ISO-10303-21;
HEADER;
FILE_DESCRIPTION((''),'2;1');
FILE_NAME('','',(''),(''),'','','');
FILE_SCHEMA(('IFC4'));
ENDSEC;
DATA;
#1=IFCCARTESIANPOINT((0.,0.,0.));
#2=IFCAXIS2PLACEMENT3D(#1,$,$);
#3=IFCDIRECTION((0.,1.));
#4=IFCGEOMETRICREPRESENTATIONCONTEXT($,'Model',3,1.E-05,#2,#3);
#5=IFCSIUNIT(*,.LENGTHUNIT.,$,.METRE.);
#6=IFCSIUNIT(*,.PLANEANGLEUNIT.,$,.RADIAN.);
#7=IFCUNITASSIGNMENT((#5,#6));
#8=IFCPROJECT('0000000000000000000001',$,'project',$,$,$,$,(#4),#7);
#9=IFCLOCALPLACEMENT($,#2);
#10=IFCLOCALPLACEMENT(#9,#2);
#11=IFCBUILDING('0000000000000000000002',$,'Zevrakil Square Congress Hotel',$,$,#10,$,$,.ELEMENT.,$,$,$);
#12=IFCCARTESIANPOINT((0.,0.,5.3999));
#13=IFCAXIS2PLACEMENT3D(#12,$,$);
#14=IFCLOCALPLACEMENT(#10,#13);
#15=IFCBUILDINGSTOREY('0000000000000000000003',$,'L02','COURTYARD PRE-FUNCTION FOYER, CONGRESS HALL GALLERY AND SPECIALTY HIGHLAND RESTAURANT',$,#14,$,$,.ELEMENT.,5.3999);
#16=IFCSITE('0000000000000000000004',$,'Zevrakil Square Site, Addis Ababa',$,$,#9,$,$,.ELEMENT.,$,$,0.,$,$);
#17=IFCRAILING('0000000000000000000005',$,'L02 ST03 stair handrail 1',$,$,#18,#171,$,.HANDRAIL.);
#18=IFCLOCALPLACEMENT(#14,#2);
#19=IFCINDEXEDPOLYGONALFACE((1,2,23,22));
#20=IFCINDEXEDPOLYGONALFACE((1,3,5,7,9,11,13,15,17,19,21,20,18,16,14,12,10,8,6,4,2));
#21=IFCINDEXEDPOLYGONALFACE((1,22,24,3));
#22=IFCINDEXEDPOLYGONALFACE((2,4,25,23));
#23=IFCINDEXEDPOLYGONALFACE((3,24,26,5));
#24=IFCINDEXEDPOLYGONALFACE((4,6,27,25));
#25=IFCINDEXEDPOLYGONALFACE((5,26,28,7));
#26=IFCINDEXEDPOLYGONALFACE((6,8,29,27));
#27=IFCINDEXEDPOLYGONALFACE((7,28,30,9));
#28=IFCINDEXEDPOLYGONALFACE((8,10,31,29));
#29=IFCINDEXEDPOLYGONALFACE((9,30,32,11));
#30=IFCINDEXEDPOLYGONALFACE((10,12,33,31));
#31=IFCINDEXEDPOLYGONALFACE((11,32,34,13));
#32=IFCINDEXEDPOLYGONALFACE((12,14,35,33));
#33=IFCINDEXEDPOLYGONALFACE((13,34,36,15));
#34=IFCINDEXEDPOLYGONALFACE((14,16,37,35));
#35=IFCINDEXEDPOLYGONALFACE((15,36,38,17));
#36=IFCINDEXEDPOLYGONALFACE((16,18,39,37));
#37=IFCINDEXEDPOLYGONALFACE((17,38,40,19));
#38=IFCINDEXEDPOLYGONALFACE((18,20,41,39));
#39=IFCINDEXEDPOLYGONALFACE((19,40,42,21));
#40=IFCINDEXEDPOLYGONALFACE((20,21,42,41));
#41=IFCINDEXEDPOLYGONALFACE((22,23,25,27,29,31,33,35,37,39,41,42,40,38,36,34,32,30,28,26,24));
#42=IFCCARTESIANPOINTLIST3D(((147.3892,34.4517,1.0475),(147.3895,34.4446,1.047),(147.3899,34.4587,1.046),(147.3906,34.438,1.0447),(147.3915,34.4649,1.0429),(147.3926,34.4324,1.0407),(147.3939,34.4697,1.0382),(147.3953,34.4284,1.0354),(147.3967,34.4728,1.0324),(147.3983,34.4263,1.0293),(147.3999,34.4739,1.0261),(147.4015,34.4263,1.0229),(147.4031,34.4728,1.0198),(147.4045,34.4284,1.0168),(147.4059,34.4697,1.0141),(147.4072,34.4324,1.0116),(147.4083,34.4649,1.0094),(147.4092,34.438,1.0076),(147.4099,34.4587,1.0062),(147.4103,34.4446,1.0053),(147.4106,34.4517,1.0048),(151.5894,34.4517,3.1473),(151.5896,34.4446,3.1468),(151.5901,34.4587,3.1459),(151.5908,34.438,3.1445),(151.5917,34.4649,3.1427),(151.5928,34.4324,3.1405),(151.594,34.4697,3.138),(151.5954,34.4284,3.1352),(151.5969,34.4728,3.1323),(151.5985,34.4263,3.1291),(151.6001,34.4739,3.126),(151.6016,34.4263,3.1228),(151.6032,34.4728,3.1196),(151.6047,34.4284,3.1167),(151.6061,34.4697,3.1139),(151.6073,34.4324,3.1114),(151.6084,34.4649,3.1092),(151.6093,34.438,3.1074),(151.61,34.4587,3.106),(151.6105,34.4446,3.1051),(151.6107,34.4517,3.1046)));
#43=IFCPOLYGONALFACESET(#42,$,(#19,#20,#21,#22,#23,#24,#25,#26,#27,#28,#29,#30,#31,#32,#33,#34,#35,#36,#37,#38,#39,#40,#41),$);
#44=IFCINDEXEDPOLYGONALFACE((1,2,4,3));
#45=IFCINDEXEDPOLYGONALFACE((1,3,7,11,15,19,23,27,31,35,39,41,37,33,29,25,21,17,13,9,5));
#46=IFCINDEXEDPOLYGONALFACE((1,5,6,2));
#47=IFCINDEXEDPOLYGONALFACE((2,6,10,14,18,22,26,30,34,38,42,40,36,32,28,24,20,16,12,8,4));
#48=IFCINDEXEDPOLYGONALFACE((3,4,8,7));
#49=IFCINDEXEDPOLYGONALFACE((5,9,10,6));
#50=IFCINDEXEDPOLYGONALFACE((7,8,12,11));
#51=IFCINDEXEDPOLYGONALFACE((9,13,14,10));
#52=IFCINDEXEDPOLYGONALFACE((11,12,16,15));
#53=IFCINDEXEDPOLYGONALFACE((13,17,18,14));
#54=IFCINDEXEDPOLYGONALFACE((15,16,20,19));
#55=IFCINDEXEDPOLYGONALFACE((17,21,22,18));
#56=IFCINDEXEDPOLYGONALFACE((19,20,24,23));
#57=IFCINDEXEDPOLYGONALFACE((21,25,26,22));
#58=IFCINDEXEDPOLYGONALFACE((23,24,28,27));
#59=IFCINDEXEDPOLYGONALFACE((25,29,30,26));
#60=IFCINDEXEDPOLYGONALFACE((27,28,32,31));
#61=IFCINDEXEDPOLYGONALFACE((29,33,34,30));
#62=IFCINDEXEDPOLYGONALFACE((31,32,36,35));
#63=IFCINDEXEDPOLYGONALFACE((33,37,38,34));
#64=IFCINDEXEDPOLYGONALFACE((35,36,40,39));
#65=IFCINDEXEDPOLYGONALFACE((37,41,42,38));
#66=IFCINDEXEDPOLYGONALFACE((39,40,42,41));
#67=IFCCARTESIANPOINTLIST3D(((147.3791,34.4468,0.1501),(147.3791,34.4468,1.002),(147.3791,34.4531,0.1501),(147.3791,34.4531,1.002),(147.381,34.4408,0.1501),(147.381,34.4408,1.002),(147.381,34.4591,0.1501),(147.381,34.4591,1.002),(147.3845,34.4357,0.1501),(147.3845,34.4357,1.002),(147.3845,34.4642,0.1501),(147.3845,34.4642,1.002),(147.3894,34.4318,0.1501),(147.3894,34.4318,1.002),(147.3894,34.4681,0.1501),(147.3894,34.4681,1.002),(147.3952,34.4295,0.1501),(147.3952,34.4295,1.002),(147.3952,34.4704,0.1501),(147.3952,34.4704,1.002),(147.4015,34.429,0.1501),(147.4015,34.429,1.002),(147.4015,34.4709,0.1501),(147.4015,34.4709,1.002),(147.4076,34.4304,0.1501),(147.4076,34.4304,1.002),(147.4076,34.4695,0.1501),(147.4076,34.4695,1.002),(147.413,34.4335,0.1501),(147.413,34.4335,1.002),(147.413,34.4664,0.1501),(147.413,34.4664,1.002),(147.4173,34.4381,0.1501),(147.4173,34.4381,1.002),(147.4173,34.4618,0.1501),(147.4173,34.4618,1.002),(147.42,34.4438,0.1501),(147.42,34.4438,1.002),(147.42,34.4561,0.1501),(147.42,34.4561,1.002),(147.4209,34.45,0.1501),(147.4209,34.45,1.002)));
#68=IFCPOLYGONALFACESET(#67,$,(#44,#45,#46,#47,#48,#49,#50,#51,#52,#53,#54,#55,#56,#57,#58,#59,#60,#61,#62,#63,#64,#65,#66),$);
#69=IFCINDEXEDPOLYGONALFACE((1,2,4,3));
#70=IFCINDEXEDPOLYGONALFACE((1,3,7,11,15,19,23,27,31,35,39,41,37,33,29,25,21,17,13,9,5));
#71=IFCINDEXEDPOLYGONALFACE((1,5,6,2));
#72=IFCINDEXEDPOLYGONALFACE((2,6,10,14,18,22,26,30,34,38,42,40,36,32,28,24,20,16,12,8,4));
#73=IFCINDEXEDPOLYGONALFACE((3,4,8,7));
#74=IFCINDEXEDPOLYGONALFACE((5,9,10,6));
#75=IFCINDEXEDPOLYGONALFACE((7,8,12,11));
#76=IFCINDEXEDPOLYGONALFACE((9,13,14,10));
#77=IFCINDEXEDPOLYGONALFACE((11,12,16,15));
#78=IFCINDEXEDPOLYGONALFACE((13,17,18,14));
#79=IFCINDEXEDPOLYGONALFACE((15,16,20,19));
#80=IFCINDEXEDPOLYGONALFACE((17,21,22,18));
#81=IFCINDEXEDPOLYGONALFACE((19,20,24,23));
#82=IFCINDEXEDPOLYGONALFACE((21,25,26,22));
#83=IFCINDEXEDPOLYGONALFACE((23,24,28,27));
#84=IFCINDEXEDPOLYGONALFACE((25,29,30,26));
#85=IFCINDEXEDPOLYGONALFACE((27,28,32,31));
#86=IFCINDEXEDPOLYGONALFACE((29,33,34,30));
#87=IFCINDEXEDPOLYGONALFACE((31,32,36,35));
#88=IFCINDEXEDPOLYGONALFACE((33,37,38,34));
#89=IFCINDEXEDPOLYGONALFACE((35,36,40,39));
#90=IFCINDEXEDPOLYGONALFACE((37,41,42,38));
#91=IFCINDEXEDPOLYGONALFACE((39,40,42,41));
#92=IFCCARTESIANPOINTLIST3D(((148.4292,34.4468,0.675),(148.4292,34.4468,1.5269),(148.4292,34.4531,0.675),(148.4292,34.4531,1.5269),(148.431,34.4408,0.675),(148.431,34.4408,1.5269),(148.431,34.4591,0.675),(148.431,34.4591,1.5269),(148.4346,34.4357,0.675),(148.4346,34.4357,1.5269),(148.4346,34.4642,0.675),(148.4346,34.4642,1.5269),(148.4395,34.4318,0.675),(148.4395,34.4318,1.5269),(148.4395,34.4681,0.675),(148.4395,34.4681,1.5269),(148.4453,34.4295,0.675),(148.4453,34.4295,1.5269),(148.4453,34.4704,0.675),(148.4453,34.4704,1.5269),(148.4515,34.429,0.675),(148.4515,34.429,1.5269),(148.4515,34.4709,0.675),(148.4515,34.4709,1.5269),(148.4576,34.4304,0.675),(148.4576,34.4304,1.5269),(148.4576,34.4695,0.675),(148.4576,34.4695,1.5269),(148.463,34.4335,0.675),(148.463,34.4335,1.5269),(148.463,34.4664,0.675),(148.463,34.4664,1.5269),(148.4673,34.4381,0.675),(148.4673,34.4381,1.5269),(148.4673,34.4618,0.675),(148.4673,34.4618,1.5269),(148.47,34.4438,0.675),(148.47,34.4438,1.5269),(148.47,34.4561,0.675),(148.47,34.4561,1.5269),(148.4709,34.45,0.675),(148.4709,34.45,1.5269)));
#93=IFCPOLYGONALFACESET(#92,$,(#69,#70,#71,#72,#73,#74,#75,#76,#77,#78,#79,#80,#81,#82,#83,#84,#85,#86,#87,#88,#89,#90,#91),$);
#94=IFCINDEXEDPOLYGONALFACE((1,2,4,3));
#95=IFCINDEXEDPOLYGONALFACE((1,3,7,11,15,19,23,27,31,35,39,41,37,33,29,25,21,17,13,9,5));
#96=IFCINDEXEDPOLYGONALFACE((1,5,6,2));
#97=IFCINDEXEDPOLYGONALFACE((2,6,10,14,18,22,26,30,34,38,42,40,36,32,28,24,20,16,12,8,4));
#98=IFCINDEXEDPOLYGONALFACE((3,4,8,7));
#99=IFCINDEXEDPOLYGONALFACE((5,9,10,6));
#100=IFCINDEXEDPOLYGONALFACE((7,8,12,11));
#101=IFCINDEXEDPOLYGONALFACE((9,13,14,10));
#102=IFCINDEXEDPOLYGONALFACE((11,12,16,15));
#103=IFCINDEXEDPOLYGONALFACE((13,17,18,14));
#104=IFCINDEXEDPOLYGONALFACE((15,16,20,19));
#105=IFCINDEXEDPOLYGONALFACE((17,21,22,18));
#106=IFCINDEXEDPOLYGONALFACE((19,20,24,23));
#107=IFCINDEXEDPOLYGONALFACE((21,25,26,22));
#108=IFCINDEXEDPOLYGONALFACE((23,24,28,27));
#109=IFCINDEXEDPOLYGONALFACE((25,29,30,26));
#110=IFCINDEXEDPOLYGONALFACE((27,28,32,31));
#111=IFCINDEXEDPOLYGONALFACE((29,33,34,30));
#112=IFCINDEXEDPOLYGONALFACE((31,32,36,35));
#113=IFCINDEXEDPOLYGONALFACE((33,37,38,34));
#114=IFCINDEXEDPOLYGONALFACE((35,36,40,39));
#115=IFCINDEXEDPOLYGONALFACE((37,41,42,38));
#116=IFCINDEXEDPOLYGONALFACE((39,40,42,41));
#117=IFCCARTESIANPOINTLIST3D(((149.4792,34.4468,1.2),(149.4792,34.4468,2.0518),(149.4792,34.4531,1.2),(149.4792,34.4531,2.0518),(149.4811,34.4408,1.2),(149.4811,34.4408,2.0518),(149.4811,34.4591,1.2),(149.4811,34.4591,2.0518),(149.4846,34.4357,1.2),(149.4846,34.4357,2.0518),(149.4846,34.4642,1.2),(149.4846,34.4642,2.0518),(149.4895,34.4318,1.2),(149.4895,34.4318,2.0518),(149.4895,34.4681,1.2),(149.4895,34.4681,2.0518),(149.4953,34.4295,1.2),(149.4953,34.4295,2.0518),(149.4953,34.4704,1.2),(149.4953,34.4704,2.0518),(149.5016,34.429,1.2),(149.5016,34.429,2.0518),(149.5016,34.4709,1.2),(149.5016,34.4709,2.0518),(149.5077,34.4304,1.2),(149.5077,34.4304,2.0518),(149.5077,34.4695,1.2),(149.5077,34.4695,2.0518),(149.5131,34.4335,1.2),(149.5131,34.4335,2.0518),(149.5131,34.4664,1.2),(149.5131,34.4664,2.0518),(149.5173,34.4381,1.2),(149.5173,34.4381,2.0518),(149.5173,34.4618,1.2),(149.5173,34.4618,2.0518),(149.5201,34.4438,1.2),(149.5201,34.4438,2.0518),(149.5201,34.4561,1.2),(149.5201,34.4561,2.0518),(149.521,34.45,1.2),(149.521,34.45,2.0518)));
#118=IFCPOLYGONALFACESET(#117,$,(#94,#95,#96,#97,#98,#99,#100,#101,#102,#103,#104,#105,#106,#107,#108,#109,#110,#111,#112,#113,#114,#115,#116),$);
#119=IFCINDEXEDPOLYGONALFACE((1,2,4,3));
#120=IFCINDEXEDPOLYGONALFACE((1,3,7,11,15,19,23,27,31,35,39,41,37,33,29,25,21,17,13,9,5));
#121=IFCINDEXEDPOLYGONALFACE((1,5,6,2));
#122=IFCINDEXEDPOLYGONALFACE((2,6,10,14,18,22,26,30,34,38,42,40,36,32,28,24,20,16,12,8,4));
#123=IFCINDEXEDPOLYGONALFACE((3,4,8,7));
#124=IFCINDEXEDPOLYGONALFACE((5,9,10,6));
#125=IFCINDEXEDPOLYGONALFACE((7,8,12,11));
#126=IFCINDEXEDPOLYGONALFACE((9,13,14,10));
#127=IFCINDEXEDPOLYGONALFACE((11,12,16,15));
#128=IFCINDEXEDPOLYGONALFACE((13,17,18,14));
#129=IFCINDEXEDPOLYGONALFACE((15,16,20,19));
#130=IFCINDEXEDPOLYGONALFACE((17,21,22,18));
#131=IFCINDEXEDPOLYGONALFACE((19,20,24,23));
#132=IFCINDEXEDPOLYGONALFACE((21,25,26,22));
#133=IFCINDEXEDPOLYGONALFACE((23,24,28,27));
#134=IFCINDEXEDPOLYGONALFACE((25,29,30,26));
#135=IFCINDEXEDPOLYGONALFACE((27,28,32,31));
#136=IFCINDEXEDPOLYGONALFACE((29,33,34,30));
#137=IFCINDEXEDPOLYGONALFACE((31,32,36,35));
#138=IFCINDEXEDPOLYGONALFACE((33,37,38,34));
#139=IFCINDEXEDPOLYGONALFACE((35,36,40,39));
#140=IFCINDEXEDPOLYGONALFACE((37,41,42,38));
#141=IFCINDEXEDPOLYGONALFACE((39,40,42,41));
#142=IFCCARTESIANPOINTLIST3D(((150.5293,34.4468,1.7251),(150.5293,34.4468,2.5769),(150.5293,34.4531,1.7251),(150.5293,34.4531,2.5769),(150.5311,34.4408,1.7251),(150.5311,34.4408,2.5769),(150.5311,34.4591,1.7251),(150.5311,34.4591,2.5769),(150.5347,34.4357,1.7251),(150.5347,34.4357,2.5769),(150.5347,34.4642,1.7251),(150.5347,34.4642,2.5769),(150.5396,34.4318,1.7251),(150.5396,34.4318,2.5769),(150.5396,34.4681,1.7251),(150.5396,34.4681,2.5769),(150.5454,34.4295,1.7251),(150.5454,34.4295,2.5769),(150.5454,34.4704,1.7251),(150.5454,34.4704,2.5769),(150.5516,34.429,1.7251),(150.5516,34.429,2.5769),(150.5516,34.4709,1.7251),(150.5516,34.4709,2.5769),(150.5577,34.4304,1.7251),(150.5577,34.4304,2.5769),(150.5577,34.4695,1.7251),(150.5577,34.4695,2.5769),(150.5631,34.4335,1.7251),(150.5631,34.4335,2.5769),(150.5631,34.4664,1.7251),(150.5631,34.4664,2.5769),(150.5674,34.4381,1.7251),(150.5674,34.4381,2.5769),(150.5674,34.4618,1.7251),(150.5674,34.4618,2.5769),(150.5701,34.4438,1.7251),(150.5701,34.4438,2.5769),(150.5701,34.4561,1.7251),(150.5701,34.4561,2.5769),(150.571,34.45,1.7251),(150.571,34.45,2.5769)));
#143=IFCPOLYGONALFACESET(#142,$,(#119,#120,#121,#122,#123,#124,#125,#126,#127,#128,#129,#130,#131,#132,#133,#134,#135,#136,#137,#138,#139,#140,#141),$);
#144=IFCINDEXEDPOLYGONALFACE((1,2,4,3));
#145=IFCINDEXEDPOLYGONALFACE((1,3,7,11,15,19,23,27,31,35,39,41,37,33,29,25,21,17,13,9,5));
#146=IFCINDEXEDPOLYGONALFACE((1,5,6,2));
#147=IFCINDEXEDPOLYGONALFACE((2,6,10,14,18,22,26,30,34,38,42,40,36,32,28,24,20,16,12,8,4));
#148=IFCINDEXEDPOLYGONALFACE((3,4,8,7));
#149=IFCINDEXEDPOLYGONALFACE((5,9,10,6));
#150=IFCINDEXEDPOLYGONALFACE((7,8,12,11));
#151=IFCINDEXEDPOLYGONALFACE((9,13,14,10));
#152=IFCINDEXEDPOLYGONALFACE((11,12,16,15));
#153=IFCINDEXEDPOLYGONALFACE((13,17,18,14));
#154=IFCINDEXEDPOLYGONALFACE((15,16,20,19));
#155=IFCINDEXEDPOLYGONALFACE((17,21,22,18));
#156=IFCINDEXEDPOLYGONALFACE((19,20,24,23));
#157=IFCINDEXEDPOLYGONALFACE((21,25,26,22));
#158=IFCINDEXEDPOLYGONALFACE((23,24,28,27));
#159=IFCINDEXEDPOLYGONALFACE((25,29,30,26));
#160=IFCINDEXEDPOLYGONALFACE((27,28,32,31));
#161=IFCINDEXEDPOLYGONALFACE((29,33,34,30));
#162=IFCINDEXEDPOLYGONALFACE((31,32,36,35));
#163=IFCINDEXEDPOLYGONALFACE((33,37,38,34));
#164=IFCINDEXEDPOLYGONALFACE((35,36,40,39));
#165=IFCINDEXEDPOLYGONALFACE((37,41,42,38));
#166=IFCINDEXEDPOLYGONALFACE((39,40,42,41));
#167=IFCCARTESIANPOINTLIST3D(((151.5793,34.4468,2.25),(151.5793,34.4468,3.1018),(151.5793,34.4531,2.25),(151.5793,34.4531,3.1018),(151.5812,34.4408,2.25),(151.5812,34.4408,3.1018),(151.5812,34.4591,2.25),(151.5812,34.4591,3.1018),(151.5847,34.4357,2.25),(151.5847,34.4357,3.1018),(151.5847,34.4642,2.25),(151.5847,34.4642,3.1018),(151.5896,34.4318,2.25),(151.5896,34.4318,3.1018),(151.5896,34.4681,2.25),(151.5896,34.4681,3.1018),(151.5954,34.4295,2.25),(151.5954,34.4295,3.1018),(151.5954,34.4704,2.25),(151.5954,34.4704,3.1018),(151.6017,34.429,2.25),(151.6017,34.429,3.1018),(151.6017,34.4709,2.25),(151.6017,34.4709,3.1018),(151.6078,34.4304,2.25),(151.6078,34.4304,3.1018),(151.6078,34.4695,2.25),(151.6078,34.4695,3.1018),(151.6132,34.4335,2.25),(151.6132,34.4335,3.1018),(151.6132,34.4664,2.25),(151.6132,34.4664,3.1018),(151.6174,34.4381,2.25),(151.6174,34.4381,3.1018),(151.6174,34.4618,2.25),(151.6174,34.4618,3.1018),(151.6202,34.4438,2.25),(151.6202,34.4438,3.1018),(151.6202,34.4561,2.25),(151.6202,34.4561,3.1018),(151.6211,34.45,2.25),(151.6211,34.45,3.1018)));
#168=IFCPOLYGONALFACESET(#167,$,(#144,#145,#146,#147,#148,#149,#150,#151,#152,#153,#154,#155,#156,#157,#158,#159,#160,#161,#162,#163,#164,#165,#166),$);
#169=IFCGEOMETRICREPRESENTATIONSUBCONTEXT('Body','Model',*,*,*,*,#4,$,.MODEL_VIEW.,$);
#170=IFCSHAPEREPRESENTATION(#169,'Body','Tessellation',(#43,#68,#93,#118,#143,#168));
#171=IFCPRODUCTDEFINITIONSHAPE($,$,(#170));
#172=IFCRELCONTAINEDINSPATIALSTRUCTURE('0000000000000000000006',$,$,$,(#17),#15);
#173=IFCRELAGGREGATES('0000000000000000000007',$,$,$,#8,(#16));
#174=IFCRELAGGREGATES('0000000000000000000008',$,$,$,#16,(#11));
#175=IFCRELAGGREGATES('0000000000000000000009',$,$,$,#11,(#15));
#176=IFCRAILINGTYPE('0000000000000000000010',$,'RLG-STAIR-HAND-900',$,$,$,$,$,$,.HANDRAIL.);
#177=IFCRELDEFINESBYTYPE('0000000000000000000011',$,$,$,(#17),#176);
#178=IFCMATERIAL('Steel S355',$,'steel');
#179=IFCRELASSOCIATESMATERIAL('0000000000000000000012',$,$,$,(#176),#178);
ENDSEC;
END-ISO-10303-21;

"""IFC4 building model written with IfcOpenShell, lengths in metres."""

from ifc_helpers import new_model, si_unit, direction, frame, origin, origin_2d, place, context, subcontext, project, spatial, circle, extrude, material, type_object, element, save


model = new_model("IFC4")

# Units and contexts
model_context = context("Model", 3, precision=1e-05, world=origin(), true_north=direction((0.0, 1.0)))
body_context = subcontext(model_context, "Body", "Model", "MODEL_VIEW")
ifc_project = project(units=[si_unit("LENGTHUNIT", "METRE"), si_unit("PLANEANGLEUNIT", "RADIAN")], contexts=[model_context])

# Site, building, storey
site_placement = place(None, origin())
site = spatial("IfcSite", under=ifc_project, at=site_placement, Name="Zevrakil Square Site, Addis Ababa", CompositionType="ELEMENT", RefElevation=0.0)
building_placement = place(site_placement, origin())
building = spatial("IfcBuilding", under=site, at=building_placement, Name="Zevrakil Square Congress Hotel", CompositionType="ELEMENT")
storey_placement = place(building_placement, frame((0.0, 0.0, 5.3999)))
storey = spatial("IfcBuildingStorey", under=building, at=storey_placement, Name="L02", Description="COURTYARD PRE-FUNCTION FOYER, CONGRESS HALL GALLERY AND SPECIALTY HIGHLAND RESTAURANT", CompositionType="ELEMENT", Elevation=5.3999)

# Railing
ifc_material_1 = material(Name="Steel S355", Category="steel")
railing_type_1 = type_object("IfcRailingType", Name="RLG-STAIR-HAND-900", PredefinedType="HANDRAIL", material=ifc_material_1)
railing_1_placement = place(storey_placement, frame((147.3999, 34.45, 0.1501)))
element("IfcRailing", 1, at=railing_1_placement, inside=storey, type_object=railing_type_1, Name="L02 ST03 stair handrail 1", PredefinedType="HANDRAIL", context=body_context, shape_type="SweptSolid", body=[
    extrude(circle(Radius=0.0239, at=origin_2d()), frame((0.0, 0.0, 0.876), z_axis=(0.894448, 0.0, 0.447172), x_axis=(0.0, 1.0, 0.0)), (0.0, 0.0, 1.0), 4.6958),
    extrude(circle(Radius=0.021, at=origin_2d()), origin(), (0.0, 0.0, 1.0), 0.8518),
    extrude(circle(Radius=0.021, at=origin_2d()), frame((1.05, 0.0, 0.5249)), (0.0, 0.0, 1.0), 0.8518),
    extrude(circle(Radius=0.021, at=origin_2d()), frame((2.1001, 0.0, 1.0498)), (0.0, 0.0, 1.0), 0.8518),
    extrude(circle(Radius=0.021, at=origin_2d()), frame((3.1501, 0.0, 1.575)), (0.0, 0.0, 1.0), 0.8518),
    extrude(circle(Radius=0.021, at=origin_2d()), frame((4.2002, 0.0, 2.0999)), (0.0, 0.0, 1.0), 0.8518),
])

save(model, "model.ifc")
